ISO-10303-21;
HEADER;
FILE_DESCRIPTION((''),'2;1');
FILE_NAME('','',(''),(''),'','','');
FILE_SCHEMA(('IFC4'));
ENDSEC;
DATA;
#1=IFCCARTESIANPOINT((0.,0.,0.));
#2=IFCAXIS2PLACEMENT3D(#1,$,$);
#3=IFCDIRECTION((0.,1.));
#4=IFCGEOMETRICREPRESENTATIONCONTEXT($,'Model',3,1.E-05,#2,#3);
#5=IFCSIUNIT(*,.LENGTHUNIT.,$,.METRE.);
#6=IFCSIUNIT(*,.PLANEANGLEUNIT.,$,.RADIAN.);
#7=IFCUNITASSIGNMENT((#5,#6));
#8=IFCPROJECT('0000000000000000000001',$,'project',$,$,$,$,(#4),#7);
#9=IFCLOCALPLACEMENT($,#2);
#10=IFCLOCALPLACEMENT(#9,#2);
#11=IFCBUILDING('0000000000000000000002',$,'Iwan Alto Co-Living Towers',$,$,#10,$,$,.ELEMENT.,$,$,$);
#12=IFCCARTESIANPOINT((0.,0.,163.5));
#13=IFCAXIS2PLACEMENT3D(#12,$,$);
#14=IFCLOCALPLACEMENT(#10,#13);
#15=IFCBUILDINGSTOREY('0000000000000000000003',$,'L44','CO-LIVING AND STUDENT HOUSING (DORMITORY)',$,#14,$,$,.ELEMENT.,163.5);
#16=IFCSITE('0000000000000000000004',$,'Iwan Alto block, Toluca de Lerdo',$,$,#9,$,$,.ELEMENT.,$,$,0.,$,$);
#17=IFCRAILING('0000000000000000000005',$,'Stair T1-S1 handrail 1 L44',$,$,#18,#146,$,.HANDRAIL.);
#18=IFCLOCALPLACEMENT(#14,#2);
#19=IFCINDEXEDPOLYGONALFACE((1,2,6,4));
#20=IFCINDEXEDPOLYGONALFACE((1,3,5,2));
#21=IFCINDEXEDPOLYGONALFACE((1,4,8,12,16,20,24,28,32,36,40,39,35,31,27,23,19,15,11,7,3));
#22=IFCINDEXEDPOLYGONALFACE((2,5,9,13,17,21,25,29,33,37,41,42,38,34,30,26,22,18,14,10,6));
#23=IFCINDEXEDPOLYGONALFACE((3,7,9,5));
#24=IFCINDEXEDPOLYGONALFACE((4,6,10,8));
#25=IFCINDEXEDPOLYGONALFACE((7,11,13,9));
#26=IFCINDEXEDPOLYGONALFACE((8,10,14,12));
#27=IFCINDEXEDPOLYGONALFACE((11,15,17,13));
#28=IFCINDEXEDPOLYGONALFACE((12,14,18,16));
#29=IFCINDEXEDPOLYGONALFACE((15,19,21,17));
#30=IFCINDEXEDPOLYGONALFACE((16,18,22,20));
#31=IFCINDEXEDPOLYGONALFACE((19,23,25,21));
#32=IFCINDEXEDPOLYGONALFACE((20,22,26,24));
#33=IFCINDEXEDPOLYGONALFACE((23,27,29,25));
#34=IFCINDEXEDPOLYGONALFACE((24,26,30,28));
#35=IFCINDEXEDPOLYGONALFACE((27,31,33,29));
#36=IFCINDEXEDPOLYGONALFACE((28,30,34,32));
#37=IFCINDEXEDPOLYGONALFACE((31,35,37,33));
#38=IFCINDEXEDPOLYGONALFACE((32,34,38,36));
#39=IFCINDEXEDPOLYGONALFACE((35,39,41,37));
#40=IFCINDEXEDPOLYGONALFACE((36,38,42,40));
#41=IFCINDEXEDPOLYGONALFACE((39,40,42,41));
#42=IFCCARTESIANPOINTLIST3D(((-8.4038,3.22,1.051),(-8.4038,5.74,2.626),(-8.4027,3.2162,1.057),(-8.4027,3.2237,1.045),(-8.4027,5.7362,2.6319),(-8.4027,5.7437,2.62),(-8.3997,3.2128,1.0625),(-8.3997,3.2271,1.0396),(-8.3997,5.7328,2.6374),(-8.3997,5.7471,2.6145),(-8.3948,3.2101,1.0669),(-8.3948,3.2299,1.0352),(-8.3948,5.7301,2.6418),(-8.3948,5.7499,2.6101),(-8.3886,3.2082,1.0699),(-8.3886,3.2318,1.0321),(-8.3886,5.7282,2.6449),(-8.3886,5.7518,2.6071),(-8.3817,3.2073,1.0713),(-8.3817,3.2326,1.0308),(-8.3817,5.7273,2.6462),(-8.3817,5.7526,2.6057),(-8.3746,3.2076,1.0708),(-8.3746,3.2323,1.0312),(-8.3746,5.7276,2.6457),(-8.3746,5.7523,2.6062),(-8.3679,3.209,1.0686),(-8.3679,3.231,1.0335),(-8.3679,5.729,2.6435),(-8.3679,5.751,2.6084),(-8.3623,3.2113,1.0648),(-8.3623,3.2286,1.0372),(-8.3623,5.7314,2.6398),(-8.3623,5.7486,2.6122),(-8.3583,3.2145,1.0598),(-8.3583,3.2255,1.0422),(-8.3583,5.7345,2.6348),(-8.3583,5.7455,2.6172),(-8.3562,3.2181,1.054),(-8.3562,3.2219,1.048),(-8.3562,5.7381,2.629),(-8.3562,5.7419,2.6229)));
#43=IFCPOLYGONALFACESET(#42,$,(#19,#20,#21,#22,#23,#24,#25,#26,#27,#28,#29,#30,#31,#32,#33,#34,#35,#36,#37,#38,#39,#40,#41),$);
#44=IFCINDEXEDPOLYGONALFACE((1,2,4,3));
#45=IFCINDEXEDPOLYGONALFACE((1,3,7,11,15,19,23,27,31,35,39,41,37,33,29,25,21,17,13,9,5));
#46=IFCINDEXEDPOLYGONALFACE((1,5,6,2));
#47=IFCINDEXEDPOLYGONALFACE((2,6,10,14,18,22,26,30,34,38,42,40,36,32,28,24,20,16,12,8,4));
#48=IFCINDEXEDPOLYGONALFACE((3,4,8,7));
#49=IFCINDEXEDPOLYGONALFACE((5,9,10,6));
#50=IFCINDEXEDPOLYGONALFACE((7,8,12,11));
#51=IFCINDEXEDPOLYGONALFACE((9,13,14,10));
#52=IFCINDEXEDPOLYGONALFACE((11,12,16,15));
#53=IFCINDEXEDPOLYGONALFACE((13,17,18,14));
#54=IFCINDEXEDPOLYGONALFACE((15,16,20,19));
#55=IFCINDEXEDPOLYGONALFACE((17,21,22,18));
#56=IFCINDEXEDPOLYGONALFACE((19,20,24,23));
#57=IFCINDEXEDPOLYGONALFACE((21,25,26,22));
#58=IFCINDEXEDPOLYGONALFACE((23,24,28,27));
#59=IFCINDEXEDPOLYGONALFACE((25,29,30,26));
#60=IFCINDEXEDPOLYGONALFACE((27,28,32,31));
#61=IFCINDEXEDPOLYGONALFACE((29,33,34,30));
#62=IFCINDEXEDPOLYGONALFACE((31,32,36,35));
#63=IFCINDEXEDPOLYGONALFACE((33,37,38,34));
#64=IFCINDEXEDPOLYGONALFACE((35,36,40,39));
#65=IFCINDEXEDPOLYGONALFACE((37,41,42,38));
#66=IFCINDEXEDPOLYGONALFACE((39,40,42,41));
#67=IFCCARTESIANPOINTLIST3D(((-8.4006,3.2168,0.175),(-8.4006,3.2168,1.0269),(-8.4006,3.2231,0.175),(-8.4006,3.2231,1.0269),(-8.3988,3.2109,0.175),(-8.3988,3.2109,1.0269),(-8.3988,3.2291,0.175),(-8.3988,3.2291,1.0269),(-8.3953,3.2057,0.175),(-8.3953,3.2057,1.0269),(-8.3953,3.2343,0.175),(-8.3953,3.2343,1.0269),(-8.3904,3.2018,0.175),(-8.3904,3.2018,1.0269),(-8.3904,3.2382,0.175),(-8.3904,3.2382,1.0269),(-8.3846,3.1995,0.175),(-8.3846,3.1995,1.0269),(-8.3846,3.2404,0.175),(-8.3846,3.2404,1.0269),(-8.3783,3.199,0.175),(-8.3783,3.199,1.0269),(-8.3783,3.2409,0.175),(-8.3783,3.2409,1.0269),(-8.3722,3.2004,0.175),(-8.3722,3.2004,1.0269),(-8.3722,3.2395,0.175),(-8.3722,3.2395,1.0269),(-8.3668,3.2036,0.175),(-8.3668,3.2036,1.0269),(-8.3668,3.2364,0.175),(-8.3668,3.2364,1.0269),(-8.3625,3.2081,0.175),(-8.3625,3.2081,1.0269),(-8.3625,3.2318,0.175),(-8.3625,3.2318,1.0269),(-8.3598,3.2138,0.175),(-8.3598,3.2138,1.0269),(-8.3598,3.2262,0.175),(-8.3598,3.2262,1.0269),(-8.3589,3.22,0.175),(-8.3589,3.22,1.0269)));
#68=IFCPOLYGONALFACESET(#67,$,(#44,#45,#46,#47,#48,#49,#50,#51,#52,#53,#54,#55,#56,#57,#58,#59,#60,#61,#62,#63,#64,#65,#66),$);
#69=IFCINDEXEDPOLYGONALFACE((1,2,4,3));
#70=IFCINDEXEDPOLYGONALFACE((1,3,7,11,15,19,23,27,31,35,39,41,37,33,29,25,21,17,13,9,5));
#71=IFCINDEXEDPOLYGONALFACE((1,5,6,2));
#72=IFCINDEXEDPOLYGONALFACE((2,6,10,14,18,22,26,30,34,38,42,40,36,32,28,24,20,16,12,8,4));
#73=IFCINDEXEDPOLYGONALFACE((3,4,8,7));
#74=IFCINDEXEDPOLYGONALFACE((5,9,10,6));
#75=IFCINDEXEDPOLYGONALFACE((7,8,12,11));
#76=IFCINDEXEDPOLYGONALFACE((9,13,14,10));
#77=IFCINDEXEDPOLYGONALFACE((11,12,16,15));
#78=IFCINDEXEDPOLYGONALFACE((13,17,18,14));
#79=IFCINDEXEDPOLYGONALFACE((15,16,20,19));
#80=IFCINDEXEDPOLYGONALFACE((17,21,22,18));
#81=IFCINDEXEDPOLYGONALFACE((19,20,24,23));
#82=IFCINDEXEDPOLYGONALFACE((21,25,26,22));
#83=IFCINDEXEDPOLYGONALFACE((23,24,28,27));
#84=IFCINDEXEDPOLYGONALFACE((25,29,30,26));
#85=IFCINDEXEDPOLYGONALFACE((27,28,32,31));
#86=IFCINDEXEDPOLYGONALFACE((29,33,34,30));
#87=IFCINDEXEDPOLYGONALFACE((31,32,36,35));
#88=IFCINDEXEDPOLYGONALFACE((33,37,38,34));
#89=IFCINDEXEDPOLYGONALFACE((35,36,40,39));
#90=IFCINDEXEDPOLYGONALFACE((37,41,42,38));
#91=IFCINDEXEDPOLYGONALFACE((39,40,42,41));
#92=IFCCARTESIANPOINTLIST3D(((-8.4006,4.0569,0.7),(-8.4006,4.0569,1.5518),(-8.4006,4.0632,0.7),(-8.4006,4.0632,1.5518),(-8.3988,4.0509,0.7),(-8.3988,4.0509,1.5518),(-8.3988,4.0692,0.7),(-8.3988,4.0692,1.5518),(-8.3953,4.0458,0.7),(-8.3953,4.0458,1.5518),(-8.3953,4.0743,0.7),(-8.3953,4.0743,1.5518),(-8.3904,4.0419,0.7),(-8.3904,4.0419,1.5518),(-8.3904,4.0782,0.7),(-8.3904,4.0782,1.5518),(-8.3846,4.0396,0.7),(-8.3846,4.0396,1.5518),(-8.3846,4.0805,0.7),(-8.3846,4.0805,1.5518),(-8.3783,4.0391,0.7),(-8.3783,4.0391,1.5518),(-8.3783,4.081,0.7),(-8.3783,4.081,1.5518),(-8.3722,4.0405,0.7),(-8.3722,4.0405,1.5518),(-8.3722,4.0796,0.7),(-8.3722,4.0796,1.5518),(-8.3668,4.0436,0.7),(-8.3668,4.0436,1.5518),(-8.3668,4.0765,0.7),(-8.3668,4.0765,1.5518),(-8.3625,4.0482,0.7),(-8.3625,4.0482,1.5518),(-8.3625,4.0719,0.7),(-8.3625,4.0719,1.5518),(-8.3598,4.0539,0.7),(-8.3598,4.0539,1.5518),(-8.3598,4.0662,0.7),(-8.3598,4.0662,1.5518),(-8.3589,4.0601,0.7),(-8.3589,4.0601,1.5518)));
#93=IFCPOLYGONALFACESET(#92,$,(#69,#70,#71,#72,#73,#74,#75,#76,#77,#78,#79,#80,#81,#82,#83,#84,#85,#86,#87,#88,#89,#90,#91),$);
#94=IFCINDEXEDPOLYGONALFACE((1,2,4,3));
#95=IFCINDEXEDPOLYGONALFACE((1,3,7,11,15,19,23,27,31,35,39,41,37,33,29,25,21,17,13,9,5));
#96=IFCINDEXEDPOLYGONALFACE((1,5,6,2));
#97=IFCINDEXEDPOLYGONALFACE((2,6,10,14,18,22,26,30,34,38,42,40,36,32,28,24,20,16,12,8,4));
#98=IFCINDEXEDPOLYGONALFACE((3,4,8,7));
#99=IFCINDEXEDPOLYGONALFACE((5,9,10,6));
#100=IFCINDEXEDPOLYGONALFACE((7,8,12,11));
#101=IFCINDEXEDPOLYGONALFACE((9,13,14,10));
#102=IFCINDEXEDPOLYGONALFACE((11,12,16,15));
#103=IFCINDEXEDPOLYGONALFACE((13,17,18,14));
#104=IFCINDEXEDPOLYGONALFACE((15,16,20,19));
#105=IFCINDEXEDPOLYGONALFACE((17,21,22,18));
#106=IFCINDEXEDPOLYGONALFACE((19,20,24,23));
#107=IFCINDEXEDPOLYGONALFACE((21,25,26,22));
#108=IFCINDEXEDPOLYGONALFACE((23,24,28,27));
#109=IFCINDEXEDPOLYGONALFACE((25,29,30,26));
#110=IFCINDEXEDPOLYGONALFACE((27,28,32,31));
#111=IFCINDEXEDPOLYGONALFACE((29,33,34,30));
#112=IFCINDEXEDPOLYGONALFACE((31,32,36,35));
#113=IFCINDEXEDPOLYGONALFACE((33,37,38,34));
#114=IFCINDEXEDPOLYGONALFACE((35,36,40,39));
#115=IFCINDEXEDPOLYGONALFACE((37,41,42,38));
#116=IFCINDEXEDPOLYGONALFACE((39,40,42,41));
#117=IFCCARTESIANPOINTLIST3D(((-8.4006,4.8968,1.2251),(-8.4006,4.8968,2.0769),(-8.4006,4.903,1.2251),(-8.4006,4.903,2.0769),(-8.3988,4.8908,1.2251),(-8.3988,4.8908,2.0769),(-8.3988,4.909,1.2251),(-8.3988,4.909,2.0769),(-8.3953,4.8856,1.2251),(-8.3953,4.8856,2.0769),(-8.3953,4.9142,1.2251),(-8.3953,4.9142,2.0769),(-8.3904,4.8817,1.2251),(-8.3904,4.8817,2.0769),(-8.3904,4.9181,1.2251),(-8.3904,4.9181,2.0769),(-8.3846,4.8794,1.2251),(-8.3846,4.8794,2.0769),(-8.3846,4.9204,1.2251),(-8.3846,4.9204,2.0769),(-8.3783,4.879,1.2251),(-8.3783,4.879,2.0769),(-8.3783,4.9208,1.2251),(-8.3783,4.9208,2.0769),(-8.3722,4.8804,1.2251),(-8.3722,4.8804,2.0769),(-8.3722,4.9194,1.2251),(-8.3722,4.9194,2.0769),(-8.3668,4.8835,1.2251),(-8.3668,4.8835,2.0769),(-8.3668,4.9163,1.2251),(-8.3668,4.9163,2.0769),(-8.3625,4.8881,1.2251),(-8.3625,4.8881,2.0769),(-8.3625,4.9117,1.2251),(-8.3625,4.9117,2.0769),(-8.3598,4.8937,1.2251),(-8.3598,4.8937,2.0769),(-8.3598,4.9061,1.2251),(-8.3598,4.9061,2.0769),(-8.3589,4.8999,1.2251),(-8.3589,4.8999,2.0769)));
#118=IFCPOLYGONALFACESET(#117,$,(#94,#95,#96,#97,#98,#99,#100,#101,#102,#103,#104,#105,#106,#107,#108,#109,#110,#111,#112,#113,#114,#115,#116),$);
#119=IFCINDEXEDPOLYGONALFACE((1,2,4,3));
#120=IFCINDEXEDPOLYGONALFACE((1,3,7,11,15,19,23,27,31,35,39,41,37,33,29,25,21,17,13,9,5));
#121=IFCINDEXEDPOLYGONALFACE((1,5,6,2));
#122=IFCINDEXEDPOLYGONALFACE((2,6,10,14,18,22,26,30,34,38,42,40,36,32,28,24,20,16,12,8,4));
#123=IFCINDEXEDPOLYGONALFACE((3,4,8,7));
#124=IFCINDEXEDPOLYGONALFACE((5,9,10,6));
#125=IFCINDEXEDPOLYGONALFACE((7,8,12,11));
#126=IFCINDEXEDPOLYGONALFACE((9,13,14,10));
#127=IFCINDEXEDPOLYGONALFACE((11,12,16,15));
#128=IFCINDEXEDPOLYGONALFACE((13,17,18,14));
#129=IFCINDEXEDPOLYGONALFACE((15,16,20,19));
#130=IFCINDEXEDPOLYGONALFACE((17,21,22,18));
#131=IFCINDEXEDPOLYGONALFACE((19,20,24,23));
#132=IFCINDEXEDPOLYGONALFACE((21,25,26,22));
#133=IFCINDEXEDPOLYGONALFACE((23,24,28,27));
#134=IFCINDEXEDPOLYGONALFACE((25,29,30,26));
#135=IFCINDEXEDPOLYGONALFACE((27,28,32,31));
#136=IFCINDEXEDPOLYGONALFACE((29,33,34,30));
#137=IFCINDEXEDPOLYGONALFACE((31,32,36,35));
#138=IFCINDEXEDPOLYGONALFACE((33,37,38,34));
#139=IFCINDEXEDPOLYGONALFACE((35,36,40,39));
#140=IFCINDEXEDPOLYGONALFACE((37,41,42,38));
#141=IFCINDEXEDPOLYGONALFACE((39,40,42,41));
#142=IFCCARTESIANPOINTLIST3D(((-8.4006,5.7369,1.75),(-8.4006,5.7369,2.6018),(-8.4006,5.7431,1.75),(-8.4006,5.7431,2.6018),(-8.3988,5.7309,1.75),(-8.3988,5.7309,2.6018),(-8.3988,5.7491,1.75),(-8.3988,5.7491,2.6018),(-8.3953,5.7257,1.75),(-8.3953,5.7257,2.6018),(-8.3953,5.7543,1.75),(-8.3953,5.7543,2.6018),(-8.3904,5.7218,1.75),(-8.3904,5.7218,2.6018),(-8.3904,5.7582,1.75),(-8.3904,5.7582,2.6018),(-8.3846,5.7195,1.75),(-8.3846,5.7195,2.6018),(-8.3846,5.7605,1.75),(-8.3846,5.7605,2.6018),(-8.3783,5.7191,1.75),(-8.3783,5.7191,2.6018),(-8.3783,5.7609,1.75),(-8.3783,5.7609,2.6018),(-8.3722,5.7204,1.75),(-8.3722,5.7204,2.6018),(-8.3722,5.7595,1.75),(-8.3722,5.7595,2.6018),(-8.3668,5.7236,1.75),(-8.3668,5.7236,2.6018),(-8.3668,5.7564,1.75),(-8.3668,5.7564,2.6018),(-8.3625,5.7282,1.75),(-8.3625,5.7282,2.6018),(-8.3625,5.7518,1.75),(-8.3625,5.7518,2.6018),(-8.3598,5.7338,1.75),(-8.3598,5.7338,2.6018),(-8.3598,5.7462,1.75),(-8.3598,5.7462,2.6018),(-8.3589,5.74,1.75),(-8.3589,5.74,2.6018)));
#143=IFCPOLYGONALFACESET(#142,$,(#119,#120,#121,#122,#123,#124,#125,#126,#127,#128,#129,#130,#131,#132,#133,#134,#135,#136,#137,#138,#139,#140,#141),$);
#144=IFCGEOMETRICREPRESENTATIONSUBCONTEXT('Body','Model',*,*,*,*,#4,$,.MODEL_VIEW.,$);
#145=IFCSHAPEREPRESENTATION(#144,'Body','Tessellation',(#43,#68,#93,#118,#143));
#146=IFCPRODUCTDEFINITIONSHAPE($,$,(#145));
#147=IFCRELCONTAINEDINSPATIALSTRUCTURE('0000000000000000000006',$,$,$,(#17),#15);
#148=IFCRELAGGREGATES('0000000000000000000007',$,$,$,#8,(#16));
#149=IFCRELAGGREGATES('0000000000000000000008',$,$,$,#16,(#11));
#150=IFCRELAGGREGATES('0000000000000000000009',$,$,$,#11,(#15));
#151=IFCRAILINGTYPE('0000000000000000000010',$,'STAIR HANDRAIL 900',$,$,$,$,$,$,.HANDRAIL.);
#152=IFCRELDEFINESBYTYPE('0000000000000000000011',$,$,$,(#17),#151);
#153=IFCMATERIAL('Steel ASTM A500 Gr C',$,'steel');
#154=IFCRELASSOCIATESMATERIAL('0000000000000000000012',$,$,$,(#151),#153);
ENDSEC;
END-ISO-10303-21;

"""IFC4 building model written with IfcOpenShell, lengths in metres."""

from ifc_helpers import new_model, si_unit, direction, frame, origin, origin_2d, place, context, subcontext, project, spatial, circle, extrude, material, type_object, element, save


model = new_model("IFC4")

# Units and contexts
model_context = context("Model", 3, precision=1e-05, world=origin(), true_north=direction((0.0, 1.0)))
body_context = subcontext(model_context, "Body", "Model", "MODEL_VIEW")
ifc_project = project(units=[si_unit("LENGTHUNIT", "METRE"), si_unit("PLANEANGLEUNIT", "RADIAN")], contexts=[model_context])

# Site, building, storey
site_placement = place(None, origin())
site = spatial("IfcSite", under=ifc_project, at=site_placement, Name="Iwan Alto block, Toluca de Lerdo", CompositionType="ELEMENT", RefElevation=0.0)
building_placement = place(site_placement, origin())
building = spatial("IfcBuilding", under=site, at=building_placement, Name="Iwan Alto Co-Living Towers", CompositionType="ELEMENT")
storey_placement = place(building_placement, frame((0.0, 0.0, 163.5)))
storey = spatial("IfcBuildingStorey", under=building, at=storey_placement, Name="L44", Description="CO-LIVING AND STUDENT HOUSING (DORMITORY)", CompositionType="ELEMENT", Elevation=163.5)

# Railing
ifc_material_1 = material(Name="Steel ASTM A500 Gr C", Category="steel")
railing_type_1 = type_object("IfcRailingType", Name="STAIR HANDRAIL 900", PredefinedType="HANDRAIL", material=ifc_material_1)
railing_1_placement = place(storey_placement, frame((-8.3799, 3.22, 0.175)))
element("IfcRailing", 1, at=railing_1_placement, inside=storey, type_object=railing_type_1, Name="Stair T1-S1 handrail 1 L44", PredefinedType="HANDRAIL", context=body_context, shape_type="SweptSolid", body=[
    extrude(circle(Radius=0.0239, at=origin_2d()), frame((0.0, 0.0, 0.876), z_axis=(0.0, 0.848008, 0.529984), x_axis=(-1.0, 0.0, 0.0)), (0.0, 0.0, 1.0), 2.9717),
    extrude(circle(Radius=0.021, at=origin_2d()), origin(), (0.0, 0.0, 1.0), 0.8518),
    extrude(circle(Radius=0.021, at=origin_2d()), frame((0.0, 0.8401, 0.5249)), (0.0, 0.0, 1.0), 0.8518),
    extrude(circle(Radius=0.021, at=origin_2d()), frame((0.0, 1.6799, 1.05)), (0.0, 0.0, 1.0), 0.8518),
    extrude(circle(Radius=0.021, at=origin_2d()), frame((0.0, 2.52, 1.575)), (0.0, 0.0, 1.0), 0.8518),
])

save(model, "model.ifc")
